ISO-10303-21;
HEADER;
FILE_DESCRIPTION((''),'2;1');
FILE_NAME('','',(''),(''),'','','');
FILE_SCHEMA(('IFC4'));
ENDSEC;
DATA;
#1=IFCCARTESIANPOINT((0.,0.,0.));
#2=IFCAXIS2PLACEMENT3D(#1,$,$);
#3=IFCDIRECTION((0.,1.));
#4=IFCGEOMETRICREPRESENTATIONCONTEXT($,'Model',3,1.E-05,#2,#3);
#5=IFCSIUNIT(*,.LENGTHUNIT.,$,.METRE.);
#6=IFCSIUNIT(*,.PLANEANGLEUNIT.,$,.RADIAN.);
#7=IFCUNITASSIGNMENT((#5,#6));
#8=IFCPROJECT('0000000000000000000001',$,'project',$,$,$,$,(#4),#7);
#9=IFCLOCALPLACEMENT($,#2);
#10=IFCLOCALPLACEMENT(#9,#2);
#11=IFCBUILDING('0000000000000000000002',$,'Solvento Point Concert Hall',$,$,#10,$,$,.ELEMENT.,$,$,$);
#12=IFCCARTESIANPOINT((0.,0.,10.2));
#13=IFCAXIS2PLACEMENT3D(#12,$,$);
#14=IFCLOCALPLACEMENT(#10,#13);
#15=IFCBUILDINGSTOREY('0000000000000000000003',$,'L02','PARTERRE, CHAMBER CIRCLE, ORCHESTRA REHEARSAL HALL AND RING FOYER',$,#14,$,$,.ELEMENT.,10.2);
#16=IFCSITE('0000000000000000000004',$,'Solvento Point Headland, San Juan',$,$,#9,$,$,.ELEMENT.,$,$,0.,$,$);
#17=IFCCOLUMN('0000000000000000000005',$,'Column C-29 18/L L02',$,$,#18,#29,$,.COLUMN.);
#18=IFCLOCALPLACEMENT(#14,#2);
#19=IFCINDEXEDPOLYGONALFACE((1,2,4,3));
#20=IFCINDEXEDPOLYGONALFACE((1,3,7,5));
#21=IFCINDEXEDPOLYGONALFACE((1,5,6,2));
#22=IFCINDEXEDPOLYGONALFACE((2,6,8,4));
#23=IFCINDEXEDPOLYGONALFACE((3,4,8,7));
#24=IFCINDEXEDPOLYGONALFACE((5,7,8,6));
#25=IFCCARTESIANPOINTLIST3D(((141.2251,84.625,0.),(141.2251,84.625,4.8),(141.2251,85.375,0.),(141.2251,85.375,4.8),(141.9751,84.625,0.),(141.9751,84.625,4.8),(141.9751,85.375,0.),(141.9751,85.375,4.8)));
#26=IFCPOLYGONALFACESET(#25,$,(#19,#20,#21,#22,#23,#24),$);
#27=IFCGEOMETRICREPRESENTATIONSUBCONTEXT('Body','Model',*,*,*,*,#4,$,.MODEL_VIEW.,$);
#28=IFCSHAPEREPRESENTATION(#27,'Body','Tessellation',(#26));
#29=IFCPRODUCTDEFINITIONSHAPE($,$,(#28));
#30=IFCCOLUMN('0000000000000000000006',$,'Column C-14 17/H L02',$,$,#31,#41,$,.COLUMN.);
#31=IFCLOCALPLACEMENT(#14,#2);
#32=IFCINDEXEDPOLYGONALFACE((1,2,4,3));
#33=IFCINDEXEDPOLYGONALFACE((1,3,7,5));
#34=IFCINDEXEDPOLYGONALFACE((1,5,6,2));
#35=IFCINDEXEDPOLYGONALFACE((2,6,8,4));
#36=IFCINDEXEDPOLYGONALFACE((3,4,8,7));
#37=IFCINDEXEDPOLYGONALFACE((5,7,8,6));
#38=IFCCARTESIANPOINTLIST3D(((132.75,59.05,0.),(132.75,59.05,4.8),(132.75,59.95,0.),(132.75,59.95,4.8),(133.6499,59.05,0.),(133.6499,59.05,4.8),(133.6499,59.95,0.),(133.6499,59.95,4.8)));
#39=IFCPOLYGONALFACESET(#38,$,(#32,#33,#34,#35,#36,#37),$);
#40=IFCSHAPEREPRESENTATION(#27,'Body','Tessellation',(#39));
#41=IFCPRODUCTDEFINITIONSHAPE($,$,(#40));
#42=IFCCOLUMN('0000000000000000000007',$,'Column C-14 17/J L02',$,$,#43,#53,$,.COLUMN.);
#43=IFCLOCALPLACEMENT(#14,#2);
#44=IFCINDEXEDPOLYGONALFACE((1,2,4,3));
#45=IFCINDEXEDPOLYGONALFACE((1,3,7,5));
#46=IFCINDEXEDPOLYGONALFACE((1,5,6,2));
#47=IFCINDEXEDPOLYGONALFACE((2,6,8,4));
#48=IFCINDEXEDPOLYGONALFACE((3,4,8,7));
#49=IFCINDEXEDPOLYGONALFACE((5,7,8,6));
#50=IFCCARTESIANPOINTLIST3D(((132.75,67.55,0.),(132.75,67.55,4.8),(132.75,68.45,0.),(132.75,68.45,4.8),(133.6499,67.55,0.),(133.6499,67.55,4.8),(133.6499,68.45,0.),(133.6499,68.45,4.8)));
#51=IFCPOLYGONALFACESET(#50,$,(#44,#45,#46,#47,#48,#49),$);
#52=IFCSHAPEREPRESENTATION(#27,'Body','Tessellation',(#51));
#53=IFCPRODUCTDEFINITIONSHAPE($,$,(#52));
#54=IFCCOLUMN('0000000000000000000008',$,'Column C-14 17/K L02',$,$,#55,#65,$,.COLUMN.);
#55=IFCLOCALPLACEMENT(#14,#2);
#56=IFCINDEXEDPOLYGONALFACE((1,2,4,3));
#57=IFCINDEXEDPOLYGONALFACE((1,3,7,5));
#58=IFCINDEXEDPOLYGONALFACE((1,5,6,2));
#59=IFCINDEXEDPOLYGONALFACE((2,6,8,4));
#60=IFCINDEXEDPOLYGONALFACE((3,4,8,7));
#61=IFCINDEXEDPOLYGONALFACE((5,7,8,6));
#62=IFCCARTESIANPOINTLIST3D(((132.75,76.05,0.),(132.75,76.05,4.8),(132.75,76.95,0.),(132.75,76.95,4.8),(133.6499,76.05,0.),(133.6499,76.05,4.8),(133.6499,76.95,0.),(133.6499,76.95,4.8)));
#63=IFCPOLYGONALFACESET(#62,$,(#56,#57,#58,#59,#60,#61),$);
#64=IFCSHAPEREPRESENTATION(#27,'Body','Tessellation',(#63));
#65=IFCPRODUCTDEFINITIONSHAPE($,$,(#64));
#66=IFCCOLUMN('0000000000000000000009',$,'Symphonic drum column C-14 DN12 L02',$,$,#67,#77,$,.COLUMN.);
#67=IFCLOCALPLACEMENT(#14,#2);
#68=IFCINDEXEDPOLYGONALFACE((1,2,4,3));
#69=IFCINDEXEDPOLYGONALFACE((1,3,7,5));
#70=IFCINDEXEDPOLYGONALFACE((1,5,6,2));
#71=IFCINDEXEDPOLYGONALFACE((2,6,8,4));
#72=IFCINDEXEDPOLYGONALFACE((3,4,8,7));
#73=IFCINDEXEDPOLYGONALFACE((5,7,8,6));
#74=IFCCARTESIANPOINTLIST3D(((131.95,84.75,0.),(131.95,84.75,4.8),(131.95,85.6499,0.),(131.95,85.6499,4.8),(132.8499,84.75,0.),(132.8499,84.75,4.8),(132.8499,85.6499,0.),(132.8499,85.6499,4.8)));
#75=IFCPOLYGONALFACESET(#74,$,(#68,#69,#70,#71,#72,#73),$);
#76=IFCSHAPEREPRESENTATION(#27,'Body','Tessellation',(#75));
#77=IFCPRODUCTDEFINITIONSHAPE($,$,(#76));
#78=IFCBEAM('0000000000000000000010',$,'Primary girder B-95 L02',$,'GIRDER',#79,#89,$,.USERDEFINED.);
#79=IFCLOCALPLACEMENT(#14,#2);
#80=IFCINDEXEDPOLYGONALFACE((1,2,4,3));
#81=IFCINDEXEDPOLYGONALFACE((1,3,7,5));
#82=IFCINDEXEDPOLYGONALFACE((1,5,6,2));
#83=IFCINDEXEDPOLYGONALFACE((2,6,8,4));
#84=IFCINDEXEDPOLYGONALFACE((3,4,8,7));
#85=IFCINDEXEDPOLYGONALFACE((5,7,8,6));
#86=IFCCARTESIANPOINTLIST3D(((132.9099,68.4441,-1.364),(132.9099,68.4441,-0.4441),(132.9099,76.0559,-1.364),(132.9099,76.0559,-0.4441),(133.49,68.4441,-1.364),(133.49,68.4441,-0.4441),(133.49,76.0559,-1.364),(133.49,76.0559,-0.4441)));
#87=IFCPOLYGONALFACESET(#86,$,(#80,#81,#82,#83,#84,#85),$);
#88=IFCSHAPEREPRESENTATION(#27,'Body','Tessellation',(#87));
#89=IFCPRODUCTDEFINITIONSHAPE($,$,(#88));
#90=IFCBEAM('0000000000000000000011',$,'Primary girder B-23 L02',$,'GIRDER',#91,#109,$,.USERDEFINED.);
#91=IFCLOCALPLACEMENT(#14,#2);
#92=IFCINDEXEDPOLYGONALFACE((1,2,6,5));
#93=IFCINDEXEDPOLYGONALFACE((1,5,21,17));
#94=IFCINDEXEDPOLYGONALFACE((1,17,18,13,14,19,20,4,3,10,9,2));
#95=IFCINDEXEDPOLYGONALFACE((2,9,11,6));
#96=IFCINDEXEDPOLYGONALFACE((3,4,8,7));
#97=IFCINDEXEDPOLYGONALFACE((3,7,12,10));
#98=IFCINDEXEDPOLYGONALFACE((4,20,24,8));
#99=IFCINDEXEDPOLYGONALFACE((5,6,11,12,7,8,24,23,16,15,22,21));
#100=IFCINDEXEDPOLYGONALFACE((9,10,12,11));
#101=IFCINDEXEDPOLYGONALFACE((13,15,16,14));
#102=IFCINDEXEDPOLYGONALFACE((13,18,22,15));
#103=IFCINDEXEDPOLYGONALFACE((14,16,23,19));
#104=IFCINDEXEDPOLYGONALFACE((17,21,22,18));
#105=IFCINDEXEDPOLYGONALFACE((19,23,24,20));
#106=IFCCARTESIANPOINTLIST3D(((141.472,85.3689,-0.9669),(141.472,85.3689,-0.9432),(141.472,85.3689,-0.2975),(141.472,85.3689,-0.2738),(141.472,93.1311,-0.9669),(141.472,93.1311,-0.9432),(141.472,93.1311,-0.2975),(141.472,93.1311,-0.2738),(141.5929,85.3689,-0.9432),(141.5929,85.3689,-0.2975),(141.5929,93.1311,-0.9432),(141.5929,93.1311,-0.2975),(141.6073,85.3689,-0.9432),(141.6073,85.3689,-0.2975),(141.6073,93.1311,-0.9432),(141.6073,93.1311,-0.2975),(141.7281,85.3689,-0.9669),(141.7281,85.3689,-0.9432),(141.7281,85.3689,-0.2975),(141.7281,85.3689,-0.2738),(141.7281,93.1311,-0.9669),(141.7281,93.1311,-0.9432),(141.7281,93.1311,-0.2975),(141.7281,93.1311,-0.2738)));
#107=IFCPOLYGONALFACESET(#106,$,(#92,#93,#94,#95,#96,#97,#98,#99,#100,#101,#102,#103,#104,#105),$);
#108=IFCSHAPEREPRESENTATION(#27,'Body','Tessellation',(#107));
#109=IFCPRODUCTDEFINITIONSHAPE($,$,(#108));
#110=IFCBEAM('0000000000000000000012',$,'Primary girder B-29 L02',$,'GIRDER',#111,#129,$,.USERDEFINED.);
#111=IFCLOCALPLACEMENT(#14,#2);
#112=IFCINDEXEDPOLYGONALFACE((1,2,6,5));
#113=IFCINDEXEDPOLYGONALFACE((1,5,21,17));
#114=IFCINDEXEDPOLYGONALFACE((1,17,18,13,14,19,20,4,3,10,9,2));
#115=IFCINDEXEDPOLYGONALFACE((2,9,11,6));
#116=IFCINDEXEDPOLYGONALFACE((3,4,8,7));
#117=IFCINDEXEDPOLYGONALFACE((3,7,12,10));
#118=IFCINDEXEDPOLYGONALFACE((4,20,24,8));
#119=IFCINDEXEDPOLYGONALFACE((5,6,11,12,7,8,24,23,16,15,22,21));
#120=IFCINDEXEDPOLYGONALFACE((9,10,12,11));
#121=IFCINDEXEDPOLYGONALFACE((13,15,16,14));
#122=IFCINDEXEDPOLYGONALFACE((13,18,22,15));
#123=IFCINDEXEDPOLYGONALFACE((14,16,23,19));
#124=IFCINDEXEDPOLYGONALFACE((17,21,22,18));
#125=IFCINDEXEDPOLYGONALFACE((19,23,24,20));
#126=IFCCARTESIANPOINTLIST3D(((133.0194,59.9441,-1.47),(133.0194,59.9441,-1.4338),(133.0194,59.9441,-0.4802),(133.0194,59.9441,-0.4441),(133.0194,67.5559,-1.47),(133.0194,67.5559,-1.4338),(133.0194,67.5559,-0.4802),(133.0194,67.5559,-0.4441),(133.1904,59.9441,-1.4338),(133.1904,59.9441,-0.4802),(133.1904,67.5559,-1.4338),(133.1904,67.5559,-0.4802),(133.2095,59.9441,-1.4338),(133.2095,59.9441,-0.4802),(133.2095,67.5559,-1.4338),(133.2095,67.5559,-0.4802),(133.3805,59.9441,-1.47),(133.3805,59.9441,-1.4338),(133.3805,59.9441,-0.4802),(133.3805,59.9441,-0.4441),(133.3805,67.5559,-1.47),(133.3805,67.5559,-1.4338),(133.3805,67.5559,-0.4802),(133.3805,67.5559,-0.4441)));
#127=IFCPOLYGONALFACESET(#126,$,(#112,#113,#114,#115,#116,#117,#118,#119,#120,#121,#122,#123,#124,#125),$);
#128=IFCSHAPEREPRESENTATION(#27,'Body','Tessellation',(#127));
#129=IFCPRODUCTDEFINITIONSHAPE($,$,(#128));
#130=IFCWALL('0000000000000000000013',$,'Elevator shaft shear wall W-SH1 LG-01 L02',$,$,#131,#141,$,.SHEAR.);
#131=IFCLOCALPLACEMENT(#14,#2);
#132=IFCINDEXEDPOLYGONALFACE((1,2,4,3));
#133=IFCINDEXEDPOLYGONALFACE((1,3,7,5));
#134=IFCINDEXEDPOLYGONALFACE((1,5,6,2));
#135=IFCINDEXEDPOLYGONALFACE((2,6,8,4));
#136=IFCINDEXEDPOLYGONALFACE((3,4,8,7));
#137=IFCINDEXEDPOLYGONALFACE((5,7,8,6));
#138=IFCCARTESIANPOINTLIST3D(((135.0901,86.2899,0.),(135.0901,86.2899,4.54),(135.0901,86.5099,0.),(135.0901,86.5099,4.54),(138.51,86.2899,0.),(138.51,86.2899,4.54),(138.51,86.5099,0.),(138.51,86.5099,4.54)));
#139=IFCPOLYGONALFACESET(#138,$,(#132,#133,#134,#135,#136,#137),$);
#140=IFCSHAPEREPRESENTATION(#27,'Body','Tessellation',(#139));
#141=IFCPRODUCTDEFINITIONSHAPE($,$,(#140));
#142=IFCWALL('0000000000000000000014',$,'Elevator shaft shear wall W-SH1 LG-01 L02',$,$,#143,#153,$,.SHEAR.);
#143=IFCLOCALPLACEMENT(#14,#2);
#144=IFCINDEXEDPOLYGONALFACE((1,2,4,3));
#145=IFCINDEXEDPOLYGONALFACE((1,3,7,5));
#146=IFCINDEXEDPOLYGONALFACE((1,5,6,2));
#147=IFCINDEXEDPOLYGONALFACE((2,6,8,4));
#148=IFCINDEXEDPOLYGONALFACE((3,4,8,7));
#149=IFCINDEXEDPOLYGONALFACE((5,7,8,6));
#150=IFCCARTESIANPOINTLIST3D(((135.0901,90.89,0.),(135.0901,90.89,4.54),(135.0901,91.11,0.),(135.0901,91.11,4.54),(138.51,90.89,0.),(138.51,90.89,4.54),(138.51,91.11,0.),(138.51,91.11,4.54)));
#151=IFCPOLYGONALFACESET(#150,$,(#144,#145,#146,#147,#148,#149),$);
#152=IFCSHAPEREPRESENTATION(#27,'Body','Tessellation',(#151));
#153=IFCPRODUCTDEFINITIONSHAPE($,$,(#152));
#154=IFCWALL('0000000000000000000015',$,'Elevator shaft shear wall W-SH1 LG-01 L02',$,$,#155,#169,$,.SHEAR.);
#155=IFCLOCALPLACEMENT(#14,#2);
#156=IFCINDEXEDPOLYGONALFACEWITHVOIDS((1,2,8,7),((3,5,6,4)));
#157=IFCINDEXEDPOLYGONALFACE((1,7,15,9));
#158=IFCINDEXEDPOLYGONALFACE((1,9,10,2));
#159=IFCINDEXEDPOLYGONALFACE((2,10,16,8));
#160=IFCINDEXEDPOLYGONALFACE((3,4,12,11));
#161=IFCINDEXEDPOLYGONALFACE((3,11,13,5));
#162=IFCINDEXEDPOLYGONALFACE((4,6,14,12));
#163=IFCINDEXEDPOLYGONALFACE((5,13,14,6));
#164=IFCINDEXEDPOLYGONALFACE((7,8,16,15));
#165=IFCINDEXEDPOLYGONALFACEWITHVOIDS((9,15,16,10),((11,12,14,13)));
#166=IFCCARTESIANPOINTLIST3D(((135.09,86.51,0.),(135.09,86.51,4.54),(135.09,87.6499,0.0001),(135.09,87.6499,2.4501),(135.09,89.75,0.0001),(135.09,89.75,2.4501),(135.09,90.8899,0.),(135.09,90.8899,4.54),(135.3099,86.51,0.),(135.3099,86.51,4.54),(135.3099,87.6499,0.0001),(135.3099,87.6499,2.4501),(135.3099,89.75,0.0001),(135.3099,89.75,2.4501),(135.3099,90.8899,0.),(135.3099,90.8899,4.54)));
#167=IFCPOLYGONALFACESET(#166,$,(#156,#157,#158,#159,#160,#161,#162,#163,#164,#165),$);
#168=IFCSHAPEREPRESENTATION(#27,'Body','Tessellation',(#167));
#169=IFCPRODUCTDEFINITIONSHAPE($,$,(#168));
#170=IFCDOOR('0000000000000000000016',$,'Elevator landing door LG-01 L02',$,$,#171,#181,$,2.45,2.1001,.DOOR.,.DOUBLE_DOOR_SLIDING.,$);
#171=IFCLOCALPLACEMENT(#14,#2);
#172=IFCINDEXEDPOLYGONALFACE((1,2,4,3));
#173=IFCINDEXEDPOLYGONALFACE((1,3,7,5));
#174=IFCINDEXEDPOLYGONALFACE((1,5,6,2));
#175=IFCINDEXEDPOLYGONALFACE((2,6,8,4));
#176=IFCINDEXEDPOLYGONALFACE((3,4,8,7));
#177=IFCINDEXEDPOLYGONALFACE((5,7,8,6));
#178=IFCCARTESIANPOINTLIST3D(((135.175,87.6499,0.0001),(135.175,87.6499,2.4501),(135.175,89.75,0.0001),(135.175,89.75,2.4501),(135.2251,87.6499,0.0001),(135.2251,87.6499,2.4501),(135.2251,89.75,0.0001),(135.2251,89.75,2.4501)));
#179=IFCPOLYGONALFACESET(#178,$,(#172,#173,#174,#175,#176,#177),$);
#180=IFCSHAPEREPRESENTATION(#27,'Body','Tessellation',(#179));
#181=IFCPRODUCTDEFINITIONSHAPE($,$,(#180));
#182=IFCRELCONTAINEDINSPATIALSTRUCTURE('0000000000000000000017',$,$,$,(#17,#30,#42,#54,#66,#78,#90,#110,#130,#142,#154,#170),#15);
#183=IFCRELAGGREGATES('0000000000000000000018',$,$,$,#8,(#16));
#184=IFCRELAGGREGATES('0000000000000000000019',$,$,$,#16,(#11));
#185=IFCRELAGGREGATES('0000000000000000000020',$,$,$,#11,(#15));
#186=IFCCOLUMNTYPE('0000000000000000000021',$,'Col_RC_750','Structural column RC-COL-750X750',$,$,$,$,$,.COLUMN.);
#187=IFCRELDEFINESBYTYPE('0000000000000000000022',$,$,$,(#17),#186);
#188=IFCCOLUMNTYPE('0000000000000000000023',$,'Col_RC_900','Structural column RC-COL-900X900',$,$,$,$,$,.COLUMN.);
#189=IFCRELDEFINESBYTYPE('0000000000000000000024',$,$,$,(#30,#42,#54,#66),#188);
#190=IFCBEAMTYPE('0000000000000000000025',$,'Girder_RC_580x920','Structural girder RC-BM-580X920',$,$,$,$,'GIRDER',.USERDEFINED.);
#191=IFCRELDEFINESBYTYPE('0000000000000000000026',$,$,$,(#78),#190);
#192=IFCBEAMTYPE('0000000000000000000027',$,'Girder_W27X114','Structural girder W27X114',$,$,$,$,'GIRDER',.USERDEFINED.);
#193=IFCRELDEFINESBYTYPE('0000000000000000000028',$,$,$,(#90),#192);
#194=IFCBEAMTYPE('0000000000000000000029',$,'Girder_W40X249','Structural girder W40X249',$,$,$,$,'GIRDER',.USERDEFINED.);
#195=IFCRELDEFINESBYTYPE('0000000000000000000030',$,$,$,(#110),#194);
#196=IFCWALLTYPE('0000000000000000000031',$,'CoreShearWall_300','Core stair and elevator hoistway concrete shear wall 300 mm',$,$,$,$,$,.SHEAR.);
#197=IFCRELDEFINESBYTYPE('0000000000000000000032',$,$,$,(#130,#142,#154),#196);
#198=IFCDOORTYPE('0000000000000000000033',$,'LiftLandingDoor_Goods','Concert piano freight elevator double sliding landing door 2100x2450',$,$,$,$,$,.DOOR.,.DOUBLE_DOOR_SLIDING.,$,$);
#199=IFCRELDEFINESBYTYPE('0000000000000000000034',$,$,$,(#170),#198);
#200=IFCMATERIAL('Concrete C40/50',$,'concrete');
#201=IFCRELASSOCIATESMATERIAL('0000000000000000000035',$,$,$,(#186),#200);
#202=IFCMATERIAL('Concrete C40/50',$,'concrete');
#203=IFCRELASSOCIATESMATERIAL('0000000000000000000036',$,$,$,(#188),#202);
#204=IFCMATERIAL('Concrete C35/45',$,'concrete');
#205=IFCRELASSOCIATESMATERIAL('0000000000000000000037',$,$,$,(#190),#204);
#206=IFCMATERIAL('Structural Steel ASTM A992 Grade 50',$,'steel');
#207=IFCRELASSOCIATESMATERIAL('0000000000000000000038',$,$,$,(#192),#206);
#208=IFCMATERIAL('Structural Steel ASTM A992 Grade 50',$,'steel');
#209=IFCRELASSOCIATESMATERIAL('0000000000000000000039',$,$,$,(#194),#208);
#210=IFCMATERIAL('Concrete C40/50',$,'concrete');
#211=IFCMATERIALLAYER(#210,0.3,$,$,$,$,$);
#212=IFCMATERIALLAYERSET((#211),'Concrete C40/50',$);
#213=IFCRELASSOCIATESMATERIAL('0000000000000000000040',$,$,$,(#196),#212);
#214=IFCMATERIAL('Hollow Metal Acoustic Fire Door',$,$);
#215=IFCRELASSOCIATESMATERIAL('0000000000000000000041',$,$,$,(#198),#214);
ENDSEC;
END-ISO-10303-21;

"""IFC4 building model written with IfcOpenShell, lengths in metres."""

from ifc_helpers import new_model, si_unit, direction, frame, frame_2d, origin, origin_2d, place, context, subcontext, project, spatial, rectangle, i_section, extrude, material, layer, layer_set, material_profile, profile_set, type_object, element, fill, save


model = new_model("IFC4")

# Units and contexts
model_context = context("Model", 3, precision=1e-05, world=origin(), true_north=direction((0.0, 1.0)))
body_context = subcontext(model_context, "Body", "Model", "MODEL_VIEW")
ifc_project = project(units=[si_unit("LENGTHUNIT", "METRE"), si_unit("PLANEANGLEUNIT", "RADIAN")], contexts=[model_context])

# Site, building, storey
site_placement = place(None, origin())
site = spatial("IfcSite", under=ifc_project, at=site_placement, Name="Solvento Point Headland, San Juan", CompositionType="ELEMENT", RefElevation=0.0)
building_placement = place(site_placement, origin())
building = spatial("IfcBuilding", under=site, at=building_placement, Name="Solvento Point Concert Hall", CompositionType="ELEMENT")
storey_placement = place(building_placement, frame((0.0, 0.0, 10.2)))
storey = spatial("IfcBuildingStorey", under=building, at=storey_placement, Name="L02", Description="PARTERRE, CHAMBER CIRCLE, ORCHESTRA REHEARSAL HALL AND RING FOYER", CompositionType="ELEMENT", Elevation=10.2)

# Columns
ifc_material_1 = material(Name="Concrete C40/50", Category="concrete")
ifc_material_profile_1 = material_profile(ifc_material_1, rectangle(XDim=0.75, YDim=0.75, at=origin_2d()), Name="RC-COL-750X750")
ifc_profile_set_1 = profile_set([ifc_material_profile_1], Name="Concrete C40/50")
column_type_1 = type_object("IfcColumnType", Name="Col_RC_750", Description="Structural column RC-COL-750X750", PredefinedType="COLUMN", material=ifc_profile_set_1)
column_placement = place(storey_placement, frame((141.6001, 85.0, 0.0), z_axis=(0.0, 0.0, 1.0), x_axis=(1.0, 0.0, 0.0)))
element("IfcColumn", 1, at=column_placement, inside=storey, type_object=column_type_1, Name="Column C-29 18/L L02", PredefinedType="COLUMN", context=body_context, shape_type="SweptSolid", body=[
    extrude(rectangle(XDim=0.75, YDim=0.75, at=origin_2d()), origin(), (0.0, 0.0, 1.0), 4.8),
])
ifc_material_2 = material(Name="Concrete C40/50", Category="concrete")
ifc_material_profile_2 = material_profile(ifc_material_2, rectangle(XDim=0.8999, YDim=0.8999, at=origin_2d()), Name="RC-COL-900X900")
ifc_profile_set_2 = profile_set([ifc_material_profile_2], Name="Concrete C40/50")
column_type_2 = type_object("IfcColumnType", Name="Col_RC_900", Description="Structural column RC-COL-900X900", PredefinedType="COLUMN", material=ifc_profile_set_2)
for number, where, z_axis, x_axis, name in (
    (2, (133.2, 59.5, 0.0), (0.0, 0.0, 1.0), (1.0, 0.0, 0.0), "Column C-14 17/H L02"),
    (3, (133.2, 68.0, 0.0), (0.0, 0.0, 1.0), (1.0, 0.0, 0.0), "Column C-14 17/J L02"),
    (4, (133.2, 76.5, 0.0), (0.0, 0.0, 1.0), (1.0, 0.0, 0.0), "Column C-14 17/K L02"),
    (5, (132.3999, 85.2, 0.0), (0.0, 0.0, 1.0), (1.0, 0.0, 0.0), "Symphonic drum column C-14 DN12 L02"),
):
    element("IfcColumn", number, at=place(storey_placement, frame(where, z_axis=z_axis, x_axis=x_axis)), inside=storey, type_object=column_type_2, Name=name, PredefinedType="COLUMN", context=body_context, shape_type="SweptSolid", body=[
        extrude(rectangle(XDim=0.8999, YDim=0.8999, at=origin_2d()), origin(), (0.0, 0.0, 1.0), 4.8),
    ])

# Beams
ifc_material_3 = material(Name="Concrete C35/45", Category="concrete")
ifc_material_profile_3 = material_profile(ifc_material_3, rectangle(XDim=0.5801, YDim=0.9199, at=origin_2d()), Name="RC-BM-580X920")
ifc_profile_set_3 = profile_set([ifc_material_profile_3], Name="Concrete C35/45")
beam_type_1 = type_object("IfcBeamType", Name="Girder_RC_580x920", Description="Structural girder RC-BM-580X920", ElementType="GIRDER", PredefinedType="USERDEFINED", material=ifc_profile_set_3)
beam_1_placement = place(storey_placement, frame((133.2, 68.4441, -0.9041), z_axis=(0.0, 1.0, 0.0), x_axis=(-1.0, 0.0, 0.0)))
element("IfcBeam", 6, at=beam_1_placement, inside=storey, type_object=beam_type_1, Name="Primary girder B-95 L02", ObjectType="GIRDER", PredefinedType="USERDEFINED", context=body_context, shape_type="SweptSolid", body=[
    extrude(rectangle(XDim=0.5801, YDim=0.9199, at=origin_2d()), origin(), (0.0, 0.0, 1.0), 7.6118),
])
ifc_material_4 = material(Name="Structural Steel ASTM A992 Grade 50", Category="steel")
ifc_material_profile_4 = material_profile(ifc_material_4, i_section(OverallWidth=0.2561, OverallDepth=0.6931, WebThickness=0.0144, FlangeThickness=0.0237, at=origin_2d()), Name="W27X114")
ifc_profile_set_4 = profile_set([ifc_material_profile_4], Name="Structural Steel ASTM A992 Grade 50")
beam_type_2 = type_object("IfcBeamType", Name="Girder_W27X114", Description="Structural girder W27X114", ElementType="GIRDER", PredefinedType="USERDEFINED", material=ifc_profile_set_4)
beam_2_placement = place(storey_placement, frame((141.6001, 85.3689, -0.6204), z_axis=(0.0, 1.0, 0.0), x_axis=(-1.0, 0.0, 0.0)))
element("IfcBeam", 7, at=beam_2_placement, inside=storey, type_object=beam_type_2, Name="Primary girder B-23 L02", ObjectType="GIRDER", PredefinedType="USERDEFINED", context=body_context, shape_type="SweptSolid", body=[
    extrude(i_section(OverallWidth=0.2561, OverallDepth=0.6931, WebThickness=0.0144, FlangeThickness=0.0237, at=origin_2d()), origin(), (0.0, 0.0, 1.0), 7.7622),
])
ifc_material_5 = material(Name="Structural Steel ASTM A992 Grade 50", Category="steel")
ifc_material_profile_5 = material_profile(ifc_material_5, i_section(OverallWidth=0.3611, OverallDepth=1.0259, WebThickness=0.019, FlangeThickness=0.0361, at=origin_2d()), Name="W40X249")
ifc_profile_set_5 = profile_set([ifc_material_profile_5], Name="Structural Steel ASTM A992 Grade 50")
beam_type_3 = type_object("IfcBeamType", Name="Girder_W40X249", Description="Structural girder W40X249", ElementType="GIRDER", PredefinedType="USERDEFINED", material=ifc_profile_set_5)
beam_3_placement = place(storey_placement, frame((133.2, 59.9441, -0.957), z_axis=(0.0, 1.0, 0.0), x_axis=(-1.0, 0.0, 0.0)))
element("IfcBeam", 8, at=beam_3_placement, inside=storey, type_object=beam_type_3, Name="Primary girder B-29 L02", ObjectType="GIRDER", PredefinedType="USERDEFINED", context=body_context, shape_type="SweptSolid", body=[
    extrude(i_section(OverallWidth=0.3611, OverallDepth=1.0259, WebThickness=0.019, FlangeThickness=0.0361, at=origin_2d()), origin(), (0.0, 0.0, 1.0), 7.6118),
])

# Walls
ifc_material_6 = material(Name="Concrete C40/50", Category="concrete")
ifc_layer_1 = layer(ifc_material_6, 0.3)
ifc_layer_set_1 = layer_set([ifc_layer_1], Name="Concrete C40/50")
wall_type_1 = type_object("IfcWallType", Name="CoreShearWall_300", Description="Core stair and elevator hoistway concrete shear wall 300 mm", PredefinedType="SHEAR", material=ifc_layer_set_1)
for number, where, z_axis, x_axis, name in (
    (9, (135.0901, 86.3999, 0.0), (0.0, 0.0, 1.0), (1.0, 0.0, 0.0), "Elevator shaft shear wall W-SH1 LG-01 L02"),
    (10, (135.0901, 91.0, 0.0), (0.0, 0.0, 1.0), (1.0, 0.0, 0.0), "Elevator shaft shear wall W-SH1 LG-01 L02"),
):
    element("IfcWall", number, at=place(storey_placement, frame(where, z_axis=z_axis, x_axis=x_axis)), inside=storey, type_object=wall_type_1, Name=name, PredefinedType="SHEAR", context=body_context, shape_type="SweptSolid", body=[
        extrude(rectangle(XDim=3.4199, YDim=0.22, at=frame_2d((1.71, 0.0))), origin(), (0.0, 0.0, 1.0), 4.54),
    ])

# Wall, opening, door
wall_1_placement = place(storey_placement, frame((135.2, 86.51, 0.0), z_axis=(0.0, 0.0, 1.0), x_axis=(0.0, 1.0, 0.0)))
wall_1 = element("IfcWall", 11, at=wall_1_placement, inside=storey, type_object=wall_type_1, Name="Elevator shaft shear wall W-SH1 LG-01 L02", PredefinedType="SHEAR", context=body_context, shape_type="SweptSolid", body=[
    extrude(rectangle(XDim=4.3799, YDim=0.22, at=frame_2d((2.1899, 0.0))), origin(), (0.0, 0.0, 1.0), 4.54),
])
opening_1_placement = place(wall_1_placement, frame((1.1399, 0.0, 0.0)))
opening_1 = element("IfcOpeningElement", 12, at=opening_1_placement, cuts=wall_1, PredefinedType="OPENING", context=body_context, shape_type="SweptSolid", body=[
    extrude(rectangle(XDim=2.1001, YDim=2.45, at=frame_2d((1.05, 1.2251))), frame((0.0, 0.1199, 0.0), z_axis=(0.0, -1.0, 0.0), x_axis=(1.0, 0.0, 0.0)), (0.0, 0.0, 1.0), 0.24),
])
ifc_material_7 = material(Name="Hollow Metal Acoustic Fire Door")
door_type_1 = type_object("IfcDoorType", Name="LiftLandingDoor_Goods", Description="Concert piano freight elevator double sliding landing door 2100x2450", OperationType="DOUBLE_DOOR_SLIDING", PredefinedType="DOOR", material=ifc_material_7)
door_1_placement = place(opening_1_placement, origin())
door_1 = element("IfcDoor", 13, at=door_1_placement, inside=storey, type_object=door_type_1, Name="Elevator landing door LG-01 L02", OperationType="DOUBLE_DOOR_SLIDING", OverallHeight=2.45, OverallWidth=2.1001, PredefinedType="DOOR", context=body_context, shape_type="SweptSolid", body=[
    extrude(rectangle(XDim=2.1001, YDim=2.45, at=frame_2d((1.05, 1.2251))), frame((0.0, 0.0249, 0.0), z_axis=(0.0, -1.0, 0.0), x_axis=(1.0, 0.0, 0.0)), (0.0, 0.0, 1.0), 0.05),
])
fill(opening_1, door_1)

save(model, "model.ifc")
